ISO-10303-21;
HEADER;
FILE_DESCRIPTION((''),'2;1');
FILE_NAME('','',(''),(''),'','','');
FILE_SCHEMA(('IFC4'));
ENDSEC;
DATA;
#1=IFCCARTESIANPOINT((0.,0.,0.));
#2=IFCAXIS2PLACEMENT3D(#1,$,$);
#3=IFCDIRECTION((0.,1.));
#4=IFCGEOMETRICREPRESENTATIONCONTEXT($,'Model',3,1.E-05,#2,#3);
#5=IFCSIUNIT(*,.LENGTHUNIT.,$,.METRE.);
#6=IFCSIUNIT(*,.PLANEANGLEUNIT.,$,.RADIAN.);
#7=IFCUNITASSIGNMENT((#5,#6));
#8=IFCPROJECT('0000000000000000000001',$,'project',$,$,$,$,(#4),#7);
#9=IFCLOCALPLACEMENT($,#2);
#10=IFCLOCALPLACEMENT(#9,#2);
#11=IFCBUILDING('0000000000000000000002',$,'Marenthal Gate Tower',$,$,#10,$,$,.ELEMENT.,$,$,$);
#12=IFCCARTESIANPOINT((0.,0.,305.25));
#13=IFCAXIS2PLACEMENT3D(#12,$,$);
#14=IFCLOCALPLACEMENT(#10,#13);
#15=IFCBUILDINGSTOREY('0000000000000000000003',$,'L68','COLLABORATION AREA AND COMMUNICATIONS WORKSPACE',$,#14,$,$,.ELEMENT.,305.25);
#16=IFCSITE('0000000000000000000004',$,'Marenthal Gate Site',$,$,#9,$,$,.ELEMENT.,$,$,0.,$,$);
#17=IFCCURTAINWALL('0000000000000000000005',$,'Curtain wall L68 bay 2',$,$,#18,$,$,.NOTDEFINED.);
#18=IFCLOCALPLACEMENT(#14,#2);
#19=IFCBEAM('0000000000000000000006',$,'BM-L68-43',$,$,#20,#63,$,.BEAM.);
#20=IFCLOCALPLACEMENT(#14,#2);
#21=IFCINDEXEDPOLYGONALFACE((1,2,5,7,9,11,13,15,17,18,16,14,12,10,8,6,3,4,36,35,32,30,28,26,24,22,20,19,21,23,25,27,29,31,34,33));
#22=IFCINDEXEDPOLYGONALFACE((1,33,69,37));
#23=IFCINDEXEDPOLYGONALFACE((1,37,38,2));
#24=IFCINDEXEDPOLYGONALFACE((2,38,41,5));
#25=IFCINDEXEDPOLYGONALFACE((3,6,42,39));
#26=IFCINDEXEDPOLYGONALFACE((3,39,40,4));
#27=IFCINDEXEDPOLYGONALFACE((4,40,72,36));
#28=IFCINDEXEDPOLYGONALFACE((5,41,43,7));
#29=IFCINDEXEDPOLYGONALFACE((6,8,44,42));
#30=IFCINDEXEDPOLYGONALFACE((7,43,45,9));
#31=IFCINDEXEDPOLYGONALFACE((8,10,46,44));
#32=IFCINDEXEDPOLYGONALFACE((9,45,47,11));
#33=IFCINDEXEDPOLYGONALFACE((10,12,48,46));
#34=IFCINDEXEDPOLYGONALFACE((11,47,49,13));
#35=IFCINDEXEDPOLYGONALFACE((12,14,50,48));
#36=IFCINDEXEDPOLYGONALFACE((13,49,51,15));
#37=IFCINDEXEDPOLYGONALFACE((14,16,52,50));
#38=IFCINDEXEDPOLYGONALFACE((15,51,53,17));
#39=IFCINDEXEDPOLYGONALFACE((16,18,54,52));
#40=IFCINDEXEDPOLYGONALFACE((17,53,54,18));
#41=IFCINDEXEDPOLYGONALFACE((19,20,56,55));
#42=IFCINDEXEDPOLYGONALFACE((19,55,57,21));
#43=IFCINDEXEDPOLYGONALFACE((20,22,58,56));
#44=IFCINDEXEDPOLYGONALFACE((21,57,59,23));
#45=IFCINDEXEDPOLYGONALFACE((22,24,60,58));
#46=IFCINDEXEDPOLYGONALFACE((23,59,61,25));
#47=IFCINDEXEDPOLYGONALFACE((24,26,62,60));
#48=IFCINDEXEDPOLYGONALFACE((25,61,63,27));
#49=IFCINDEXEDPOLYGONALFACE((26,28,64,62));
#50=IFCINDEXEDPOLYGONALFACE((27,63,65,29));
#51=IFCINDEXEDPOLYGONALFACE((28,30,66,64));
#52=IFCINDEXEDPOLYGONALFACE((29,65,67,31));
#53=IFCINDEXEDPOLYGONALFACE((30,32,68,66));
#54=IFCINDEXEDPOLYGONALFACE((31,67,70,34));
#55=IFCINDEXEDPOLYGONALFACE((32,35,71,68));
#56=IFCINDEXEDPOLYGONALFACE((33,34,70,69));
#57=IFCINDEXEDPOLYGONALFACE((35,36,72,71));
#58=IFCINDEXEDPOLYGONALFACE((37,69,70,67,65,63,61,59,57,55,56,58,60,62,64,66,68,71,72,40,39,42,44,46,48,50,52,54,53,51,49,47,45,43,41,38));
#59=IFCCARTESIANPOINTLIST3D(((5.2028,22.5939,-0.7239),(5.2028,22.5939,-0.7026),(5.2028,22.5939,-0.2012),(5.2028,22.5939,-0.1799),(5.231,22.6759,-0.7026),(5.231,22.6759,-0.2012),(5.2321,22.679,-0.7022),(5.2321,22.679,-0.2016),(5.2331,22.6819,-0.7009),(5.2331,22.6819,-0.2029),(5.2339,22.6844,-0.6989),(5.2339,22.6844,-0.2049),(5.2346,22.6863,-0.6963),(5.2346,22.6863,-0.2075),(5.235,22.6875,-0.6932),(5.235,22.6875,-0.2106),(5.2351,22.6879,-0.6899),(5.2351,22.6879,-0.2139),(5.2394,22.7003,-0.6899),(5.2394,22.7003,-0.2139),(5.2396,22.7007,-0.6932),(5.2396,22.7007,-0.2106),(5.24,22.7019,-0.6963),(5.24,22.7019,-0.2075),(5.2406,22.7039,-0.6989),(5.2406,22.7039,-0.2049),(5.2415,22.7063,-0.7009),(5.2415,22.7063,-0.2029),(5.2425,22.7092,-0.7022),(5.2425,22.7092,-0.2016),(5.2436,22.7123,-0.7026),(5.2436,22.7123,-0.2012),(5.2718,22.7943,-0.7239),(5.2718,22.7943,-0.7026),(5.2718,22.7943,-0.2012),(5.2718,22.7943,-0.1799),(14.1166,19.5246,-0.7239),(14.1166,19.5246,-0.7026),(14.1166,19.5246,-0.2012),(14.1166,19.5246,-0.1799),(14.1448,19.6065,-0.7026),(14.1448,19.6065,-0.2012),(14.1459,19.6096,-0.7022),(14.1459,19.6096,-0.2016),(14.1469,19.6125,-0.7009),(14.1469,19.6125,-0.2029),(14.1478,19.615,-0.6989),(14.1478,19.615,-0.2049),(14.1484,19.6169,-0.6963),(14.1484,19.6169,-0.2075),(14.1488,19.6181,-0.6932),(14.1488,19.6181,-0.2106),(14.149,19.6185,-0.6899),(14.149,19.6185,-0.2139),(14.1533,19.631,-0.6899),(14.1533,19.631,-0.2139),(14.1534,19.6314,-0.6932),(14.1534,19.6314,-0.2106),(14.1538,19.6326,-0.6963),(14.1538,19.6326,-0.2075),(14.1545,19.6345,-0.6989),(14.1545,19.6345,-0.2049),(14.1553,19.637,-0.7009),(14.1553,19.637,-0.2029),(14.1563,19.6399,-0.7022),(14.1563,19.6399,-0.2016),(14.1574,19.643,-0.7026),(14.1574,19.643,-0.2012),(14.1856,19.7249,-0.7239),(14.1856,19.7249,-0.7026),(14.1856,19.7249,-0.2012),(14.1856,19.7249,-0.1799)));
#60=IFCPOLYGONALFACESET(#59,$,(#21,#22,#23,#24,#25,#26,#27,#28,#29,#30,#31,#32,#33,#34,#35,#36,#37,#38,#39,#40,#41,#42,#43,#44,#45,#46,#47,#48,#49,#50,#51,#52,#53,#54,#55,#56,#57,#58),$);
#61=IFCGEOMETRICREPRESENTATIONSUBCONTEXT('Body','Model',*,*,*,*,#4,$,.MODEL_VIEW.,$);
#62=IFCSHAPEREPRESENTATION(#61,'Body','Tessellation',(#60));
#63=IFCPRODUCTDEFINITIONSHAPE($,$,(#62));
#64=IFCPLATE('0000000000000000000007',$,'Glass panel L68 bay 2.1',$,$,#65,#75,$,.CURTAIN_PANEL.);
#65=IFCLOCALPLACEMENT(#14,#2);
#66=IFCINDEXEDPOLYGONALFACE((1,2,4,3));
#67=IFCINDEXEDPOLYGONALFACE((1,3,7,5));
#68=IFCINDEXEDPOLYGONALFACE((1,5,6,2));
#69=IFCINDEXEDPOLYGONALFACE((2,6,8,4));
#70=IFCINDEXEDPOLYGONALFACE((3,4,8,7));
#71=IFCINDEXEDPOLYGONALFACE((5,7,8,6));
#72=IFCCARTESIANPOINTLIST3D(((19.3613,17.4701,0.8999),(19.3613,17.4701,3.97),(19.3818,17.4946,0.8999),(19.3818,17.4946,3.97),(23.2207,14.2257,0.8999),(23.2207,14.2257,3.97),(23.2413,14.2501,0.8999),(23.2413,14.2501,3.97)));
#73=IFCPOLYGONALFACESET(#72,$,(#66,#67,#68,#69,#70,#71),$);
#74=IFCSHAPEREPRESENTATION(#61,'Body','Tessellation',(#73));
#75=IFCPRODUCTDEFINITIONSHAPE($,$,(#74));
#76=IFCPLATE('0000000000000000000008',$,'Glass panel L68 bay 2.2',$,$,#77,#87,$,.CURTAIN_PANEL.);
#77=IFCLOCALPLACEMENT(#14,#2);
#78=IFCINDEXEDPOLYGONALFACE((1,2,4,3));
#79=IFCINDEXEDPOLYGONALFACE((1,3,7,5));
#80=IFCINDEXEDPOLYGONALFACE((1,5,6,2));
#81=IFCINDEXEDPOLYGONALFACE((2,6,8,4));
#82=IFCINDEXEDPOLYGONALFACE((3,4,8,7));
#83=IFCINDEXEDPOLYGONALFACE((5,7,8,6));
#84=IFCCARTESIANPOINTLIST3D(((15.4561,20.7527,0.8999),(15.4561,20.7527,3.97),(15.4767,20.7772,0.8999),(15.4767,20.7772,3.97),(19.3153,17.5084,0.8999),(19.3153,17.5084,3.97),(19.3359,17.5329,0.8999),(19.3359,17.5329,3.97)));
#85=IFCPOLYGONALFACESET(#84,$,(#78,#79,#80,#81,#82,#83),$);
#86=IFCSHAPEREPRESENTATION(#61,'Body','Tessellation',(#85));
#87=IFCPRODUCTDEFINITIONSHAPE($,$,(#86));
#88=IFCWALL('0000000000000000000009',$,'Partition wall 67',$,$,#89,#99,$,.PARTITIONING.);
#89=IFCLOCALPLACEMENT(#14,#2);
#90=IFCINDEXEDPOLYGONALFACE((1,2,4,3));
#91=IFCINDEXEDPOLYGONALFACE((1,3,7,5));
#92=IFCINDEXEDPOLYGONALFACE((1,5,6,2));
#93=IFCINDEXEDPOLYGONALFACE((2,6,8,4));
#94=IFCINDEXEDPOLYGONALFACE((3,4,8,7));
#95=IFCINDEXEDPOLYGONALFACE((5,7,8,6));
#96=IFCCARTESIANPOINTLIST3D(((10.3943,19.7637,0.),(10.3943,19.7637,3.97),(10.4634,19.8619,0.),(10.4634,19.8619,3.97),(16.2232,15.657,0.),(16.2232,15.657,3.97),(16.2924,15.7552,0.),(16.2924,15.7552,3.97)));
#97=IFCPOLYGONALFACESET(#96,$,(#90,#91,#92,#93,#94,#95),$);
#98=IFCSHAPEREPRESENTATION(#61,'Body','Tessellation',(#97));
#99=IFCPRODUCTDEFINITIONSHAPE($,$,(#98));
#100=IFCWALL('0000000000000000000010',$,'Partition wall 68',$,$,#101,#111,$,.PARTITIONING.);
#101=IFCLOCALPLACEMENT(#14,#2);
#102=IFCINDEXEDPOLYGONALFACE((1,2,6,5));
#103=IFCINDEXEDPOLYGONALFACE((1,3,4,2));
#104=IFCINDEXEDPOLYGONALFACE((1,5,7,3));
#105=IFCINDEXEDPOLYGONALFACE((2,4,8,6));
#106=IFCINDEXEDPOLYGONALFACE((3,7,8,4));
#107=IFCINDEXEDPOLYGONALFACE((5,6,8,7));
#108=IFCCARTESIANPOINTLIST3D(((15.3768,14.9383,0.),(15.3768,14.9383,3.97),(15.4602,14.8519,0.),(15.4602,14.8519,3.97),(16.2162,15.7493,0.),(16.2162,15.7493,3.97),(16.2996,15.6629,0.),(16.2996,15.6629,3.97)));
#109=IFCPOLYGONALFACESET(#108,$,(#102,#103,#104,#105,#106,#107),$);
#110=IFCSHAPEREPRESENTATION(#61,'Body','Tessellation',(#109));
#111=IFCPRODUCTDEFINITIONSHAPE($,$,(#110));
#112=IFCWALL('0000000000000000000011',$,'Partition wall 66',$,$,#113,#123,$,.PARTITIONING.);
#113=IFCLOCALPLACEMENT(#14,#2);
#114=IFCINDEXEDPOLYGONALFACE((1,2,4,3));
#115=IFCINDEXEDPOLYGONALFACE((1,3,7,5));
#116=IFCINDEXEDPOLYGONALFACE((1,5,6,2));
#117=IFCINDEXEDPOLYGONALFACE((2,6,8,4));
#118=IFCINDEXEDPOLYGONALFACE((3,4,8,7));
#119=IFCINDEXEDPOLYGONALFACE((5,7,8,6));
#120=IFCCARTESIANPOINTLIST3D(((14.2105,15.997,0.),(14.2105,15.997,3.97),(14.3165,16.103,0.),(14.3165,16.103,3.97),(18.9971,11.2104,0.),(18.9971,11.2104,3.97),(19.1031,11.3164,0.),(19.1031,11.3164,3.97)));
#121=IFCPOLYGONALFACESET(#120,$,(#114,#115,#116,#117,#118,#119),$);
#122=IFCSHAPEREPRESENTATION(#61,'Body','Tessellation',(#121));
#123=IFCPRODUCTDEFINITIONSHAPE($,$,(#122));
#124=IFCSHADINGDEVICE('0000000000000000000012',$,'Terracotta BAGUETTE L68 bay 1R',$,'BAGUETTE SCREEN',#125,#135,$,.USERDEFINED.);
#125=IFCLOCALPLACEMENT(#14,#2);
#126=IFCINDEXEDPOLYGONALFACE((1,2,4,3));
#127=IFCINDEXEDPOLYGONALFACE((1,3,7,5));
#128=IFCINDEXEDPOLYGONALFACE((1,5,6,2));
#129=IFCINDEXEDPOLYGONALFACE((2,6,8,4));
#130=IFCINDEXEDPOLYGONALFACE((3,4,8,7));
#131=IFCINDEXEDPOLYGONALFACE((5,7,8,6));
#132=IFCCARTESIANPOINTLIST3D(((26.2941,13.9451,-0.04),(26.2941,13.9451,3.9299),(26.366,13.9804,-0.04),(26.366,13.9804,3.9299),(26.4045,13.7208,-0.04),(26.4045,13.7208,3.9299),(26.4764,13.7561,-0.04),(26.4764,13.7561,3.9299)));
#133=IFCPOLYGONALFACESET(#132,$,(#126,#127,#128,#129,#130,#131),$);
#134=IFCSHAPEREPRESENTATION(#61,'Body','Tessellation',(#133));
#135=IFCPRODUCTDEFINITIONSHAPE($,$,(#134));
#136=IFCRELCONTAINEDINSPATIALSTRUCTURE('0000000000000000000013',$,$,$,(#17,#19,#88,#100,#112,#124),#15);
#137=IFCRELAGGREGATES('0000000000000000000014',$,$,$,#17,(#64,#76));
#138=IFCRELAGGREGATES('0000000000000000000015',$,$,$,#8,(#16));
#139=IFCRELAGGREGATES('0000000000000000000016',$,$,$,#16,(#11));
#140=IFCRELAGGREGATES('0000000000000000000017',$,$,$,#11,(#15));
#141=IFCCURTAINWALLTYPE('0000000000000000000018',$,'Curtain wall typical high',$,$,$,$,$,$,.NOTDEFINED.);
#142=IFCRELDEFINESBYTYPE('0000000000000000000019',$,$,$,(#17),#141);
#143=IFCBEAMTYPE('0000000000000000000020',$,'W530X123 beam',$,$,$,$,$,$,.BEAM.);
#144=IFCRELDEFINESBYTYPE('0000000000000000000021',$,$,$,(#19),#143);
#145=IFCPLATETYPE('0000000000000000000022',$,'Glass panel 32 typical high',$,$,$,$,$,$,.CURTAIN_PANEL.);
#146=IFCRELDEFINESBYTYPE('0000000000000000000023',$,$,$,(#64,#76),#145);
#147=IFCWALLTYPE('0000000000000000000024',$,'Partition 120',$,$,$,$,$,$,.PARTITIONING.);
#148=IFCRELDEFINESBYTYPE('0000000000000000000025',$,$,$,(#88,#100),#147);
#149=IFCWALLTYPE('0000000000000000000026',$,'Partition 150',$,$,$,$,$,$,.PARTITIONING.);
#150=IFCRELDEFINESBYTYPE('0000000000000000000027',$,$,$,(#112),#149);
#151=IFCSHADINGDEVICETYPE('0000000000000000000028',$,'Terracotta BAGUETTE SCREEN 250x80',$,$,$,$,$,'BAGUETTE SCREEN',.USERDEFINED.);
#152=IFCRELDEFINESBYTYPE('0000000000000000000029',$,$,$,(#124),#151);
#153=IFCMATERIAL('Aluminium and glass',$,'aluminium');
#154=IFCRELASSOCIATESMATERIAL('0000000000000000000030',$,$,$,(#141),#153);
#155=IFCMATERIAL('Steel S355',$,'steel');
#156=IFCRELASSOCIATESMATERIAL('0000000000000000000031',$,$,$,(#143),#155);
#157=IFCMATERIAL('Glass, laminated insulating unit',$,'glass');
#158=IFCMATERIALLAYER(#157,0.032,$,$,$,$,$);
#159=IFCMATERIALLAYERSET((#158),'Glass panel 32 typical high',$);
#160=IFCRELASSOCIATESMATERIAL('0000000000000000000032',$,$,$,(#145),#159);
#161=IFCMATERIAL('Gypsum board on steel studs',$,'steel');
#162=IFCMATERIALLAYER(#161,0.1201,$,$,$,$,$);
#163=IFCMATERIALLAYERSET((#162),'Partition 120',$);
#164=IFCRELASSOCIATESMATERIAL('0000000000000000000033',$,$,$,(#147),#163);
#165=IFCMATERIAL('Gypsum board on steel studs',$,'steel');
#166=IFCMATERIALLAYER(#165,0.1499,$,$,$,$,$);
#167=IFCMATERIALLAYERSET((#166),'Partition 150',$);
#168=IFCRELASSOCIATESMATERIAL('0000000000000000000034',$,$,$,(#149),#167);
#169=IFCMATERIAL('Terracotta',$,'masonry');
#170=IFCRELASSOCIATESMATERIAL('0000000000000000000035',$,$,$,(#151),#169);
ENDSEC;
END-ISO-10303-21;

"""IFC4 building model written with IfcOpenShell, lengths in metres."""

from ifc_helpers import new_model, si_unit, direction, frame, frame_2d, origin, origin_2d, place, context, subcontext, project, spatial, rectangle, i_section, extrude, material, layer, layer_set, material_profile, profile_set, type_object, element, aggregate, save


model = new_model("IFC4")

# Units and contexts
model_context = context("Model", 3, precision=1e-05, world=origin(), true_north=direction((0.0, 1.0)))
body_context = subcontext(model_context, "Body", "Model", "MODEL_VIEW")
ifc_project = project(units=[si_unit("LENGTHUNIT", "METRE"), si_unit("PLANEANGLEUNIT", "RADIAN")], contexts=[model_context])

# Site, building, storey
site_placement = place(None, origin())
site = spatial("IfcSite", under=ifc_project, at=site_placement, Name="Marenthal Gate Site", CompositionType="ELEMENT", RefElevation=0.0)
building_placement = place(site_placement, origin())
building = spatial("IfcBuilding", under=site, at=building_placement, Name="Marenthal Gate Tower", CompositionType="ELEMENT")
storey_placement = place(building_placement, frame((0.0, 0.0, 305.25)))
storey = spatial("IfcBuildingStorey", under=building, at=storey_placement, Name="L68", Description="COLLABORATION AREA AND COMMUNICATIONS WORKSPACE", CompositionType="ELEMENT", Elevation=305.25)

# Curtain wall
ifc_material_1 = material(Name="Aluminium and glass", Category="aluminium")
curtain_wall_type = type_object("IfcCurtainWallType", Name="Curtain wall typical high", PredefinedType="NOTDEFINED", material=ifc_material_1)
curtain_wall_placement = place(storey_placement, origin())
curtain_wall = element("IfcCurtainWall", 1, at=curtain_wall_placement, inside=storey, type_object=curtain_wall_type, Name="Curtain wall L68 bay 2", PredefinedType="NOTDEFINED")

# Beam
ifc_material_2 = material(Name="Steel S355", Category="steel")
ifc_material_profile_1 = material_profile(ifc_material_2, i_section(OverallWidth=0.2119, OverallDepth=0.5439, WebThickness=0.0132, FlangeThickness=0.0212, FilletRadius=0.0127, at=origin_2d()), Name="W530X123")
ifc_profile_set_1 = profile_set([ifc_material_profile_1], Name="Steel S355")
beam_type_1 = type_object("IfcBeamType", Name="W530X123 beam", PredefinedType="BEAM", material=ifc_profile_set_1)
beam_1_placement = place(storey_placement, frame((14.1511, 19.6248, -0.4519), z_axis=(-0.945517, 0.325574, 0.0), x_axis=(-0.325574, -0.945517, 0.0)))
element("IfcBeam", 2, at=beam_1_placement, inside=storey, type_object=beam_type_1, Name="BM-L68-43", PredefinedType="BEAM", context=body_context, shape_type="SweptSolid", body=[
    extrude(i_section(OverallWidth=0.2119, OverallDepth=0.5439, WebThickness=0.0132, FlangeThickness=0.0212, FilletRadius=0.0127, at=origin_2d()), origin(), (0.0, 0.0, 1.0), 9.4275),
])

# Plates
ifc_material_3 = material(Name="Glass, laminated insulating unit", Category="glass")
ifc_layer_1 = layer(ifc_material_3, 0.032)
ifc_layer_set_1 = layer_set([ifc_layer_1], Name="Glass panel 32 typical high")
plate_type = type_object("IfcPlateType", Name="Glass panel 32 typical high", PredefinedType="CURTAIN_PANEL", material=ifc_layer_set_1)
plate_1_placement = place(storey_placement, frame((21.3013, 15.8601, 0.8999), z_axis=(0.0, 0.0, 1.0), x_axis=(-0.765463, 0.64348, 0.0)))
plate_1 = element("IfcPlate", 3, at=plate_1_placement, type_object=plate_type, Name="Glass panel L68 bay 2.1", PredefinedType="CURTAIN_PANEL", context=body_context, shape_type="SweptSolid", body=[
    extrude(rectangle(XDim=5.042, YDim=0.032, at=origin_2d()), origin(), (0.0, 0.0, 1.0), 3.0701),
])
plate_2_placement = place(storey_placement, frame((17.396, 19.1428, 0.8999), z_axis=(0.0, 0.0, 1.0), x_axis=(-0.765463, 0.64348, 0.0)))
plate_2 = element("IfcPlate", 4, at=plate_2_placement, type_object=plate_type, Name="Glass panel L68 bay 2.2", PredefinedType="CURTAIN_PANEL", context=body_context, shape_type="SweptSolid", body=[
    extrude(rectangle(XDim=5.0417, YDim=0.032, at=origin_2d()), origin(), (0.0, 0.0, 1.0), 3.0701),
])
aggregate(curtain_wall, [plate_1, plate_2])

# Walls
ifc_material_4 = material(Name="Gypsum board on steel studs", Category="steel")
ifc_layer_2 = layer(ifc_material_4, 0.1201)
ifc_layer_set_2 = layer_set([ifc_layer_2], Name="Partition 120")
wall_type_1 = type_object("IfcWallType", Name="Partition 120", PredefinedType="PARTITIONING", material=ifc_layer_set_2)
wall_1_placement = place(storey_placement, frame((16.2578, 15.7061, 0.0), z_axis=(0.0, 0.0, 1.0), x_axis=(-0.817483, 0.575953, 0.0)))
element("IfcWall", 5, at=wall_1_placement, inside=storey, type_object=wall_type_1, Name="Partition wall 67", PredefinedType="PARTITIONING", context=body_context, shape_type="SweptSolid", body=[
    extrude(rectangle(XDim=7.1304, YDim=0.1201, at=frame_2d((3.5652, 0.0))), origin(), (0.0, 0.0, 1.0), 3.97),
])
wall_2_placement = place(storey_placement, frame((16.2578, 15.7061, 0.0), z_axis=(0.0, 0.0, 1.0), x_axis=(-0.719135, -0.694871, 0.0)))
element("IfcWall", 6, at=wall_2_placement, inside=storey, type_object=wall_type_1, Name="Partition wall 68", PredefinedType="PARTITIONING", context=body_context, shape_type="SweptSolid", body=[
    extrude(rectangle(XDim=1.1672, YDim=0.1201, at=frame_2d((0.5835, 0.0))), origin(), (0.0, 0.0, 1.0), 3.97),
])
ifc_material_5 = material(Name="Gypsum board on steel studs", Category="steel")
ifc_layer_3 = layer(ifc_material_5, 0.1499)
ifc_layer_set_3 = layer_set([ifc_layer_3], Name="Partition 150")
wall_type_2 = type_object("IfcWallType", Name="Partition 150", PredefinedType="PARTITIONING", material=ifc_layer_set_3)
wall_3_placement = place(storey_placement, frame((14.2634, 16.05, 0.0), z_axis=(0.0, 0.0, 1.0), x_axis=(0.707107, -0.707107, 0.0)))
element("IfcWall", 7, at=wall_3_placement, inside=storey, type_object=wall_type_2, Name="Partition wall 66", PredefinedType="PARTITIONING", context=body_context, shape_type="SweptSolid", body=[
    extrude(rectangle(XDim=6.7693, YDim=0.1499, at=frame_2d((3.3848, 0.0))), origin(), (0.0, 0.0, 1.0), 3.97),
])

# Shading device
ifc_material_6 = material(Name="Terracotta", Category="masonry")
ifc_material_profile_2 = material_profile(ifc_material_6, rectangle(XDim=0.25, YDim=0.0801, at=origin_2d()), Name="Terracotta baguette 250x80")
ifc_profile_set_2 = profile_set([ifc_material_profile_2], Name="Terracotta")
shading_device_type = type_object("IfcShadingDeviceType", Name="Terracotta BAGUETTE SCREEN 250x80", ElementType="BAGUETTE SCREEN", PredefinedType="USERDEFINED", material=ifc_profile_set_2)
shading_device_placement = place(storey_placement, frame((26.3853, 13.8506, -0.04), z_axis=(0.0, 0.0, 1.0), x_axis=(-0.441624, 0.8972, 0.0)))
element("IfcShadingDevice", 8, at=shading_device_placement, inside=storey, type_object=shading_device_type, Name="Terracotta BAGUETTE L68 bay 1R", ObjectType="BAGUETTE SCREEN", PredefinedType="USERDEFINED", context=body_context, shape_type="SweptSolid", body=[
    extrude(rectangle(XDim=0.25, YDim=0.0801, at=origin_2d()), origin(), (0.0, 0.0, 1.0), 3.97),
])

save(model, "model.ifc")
